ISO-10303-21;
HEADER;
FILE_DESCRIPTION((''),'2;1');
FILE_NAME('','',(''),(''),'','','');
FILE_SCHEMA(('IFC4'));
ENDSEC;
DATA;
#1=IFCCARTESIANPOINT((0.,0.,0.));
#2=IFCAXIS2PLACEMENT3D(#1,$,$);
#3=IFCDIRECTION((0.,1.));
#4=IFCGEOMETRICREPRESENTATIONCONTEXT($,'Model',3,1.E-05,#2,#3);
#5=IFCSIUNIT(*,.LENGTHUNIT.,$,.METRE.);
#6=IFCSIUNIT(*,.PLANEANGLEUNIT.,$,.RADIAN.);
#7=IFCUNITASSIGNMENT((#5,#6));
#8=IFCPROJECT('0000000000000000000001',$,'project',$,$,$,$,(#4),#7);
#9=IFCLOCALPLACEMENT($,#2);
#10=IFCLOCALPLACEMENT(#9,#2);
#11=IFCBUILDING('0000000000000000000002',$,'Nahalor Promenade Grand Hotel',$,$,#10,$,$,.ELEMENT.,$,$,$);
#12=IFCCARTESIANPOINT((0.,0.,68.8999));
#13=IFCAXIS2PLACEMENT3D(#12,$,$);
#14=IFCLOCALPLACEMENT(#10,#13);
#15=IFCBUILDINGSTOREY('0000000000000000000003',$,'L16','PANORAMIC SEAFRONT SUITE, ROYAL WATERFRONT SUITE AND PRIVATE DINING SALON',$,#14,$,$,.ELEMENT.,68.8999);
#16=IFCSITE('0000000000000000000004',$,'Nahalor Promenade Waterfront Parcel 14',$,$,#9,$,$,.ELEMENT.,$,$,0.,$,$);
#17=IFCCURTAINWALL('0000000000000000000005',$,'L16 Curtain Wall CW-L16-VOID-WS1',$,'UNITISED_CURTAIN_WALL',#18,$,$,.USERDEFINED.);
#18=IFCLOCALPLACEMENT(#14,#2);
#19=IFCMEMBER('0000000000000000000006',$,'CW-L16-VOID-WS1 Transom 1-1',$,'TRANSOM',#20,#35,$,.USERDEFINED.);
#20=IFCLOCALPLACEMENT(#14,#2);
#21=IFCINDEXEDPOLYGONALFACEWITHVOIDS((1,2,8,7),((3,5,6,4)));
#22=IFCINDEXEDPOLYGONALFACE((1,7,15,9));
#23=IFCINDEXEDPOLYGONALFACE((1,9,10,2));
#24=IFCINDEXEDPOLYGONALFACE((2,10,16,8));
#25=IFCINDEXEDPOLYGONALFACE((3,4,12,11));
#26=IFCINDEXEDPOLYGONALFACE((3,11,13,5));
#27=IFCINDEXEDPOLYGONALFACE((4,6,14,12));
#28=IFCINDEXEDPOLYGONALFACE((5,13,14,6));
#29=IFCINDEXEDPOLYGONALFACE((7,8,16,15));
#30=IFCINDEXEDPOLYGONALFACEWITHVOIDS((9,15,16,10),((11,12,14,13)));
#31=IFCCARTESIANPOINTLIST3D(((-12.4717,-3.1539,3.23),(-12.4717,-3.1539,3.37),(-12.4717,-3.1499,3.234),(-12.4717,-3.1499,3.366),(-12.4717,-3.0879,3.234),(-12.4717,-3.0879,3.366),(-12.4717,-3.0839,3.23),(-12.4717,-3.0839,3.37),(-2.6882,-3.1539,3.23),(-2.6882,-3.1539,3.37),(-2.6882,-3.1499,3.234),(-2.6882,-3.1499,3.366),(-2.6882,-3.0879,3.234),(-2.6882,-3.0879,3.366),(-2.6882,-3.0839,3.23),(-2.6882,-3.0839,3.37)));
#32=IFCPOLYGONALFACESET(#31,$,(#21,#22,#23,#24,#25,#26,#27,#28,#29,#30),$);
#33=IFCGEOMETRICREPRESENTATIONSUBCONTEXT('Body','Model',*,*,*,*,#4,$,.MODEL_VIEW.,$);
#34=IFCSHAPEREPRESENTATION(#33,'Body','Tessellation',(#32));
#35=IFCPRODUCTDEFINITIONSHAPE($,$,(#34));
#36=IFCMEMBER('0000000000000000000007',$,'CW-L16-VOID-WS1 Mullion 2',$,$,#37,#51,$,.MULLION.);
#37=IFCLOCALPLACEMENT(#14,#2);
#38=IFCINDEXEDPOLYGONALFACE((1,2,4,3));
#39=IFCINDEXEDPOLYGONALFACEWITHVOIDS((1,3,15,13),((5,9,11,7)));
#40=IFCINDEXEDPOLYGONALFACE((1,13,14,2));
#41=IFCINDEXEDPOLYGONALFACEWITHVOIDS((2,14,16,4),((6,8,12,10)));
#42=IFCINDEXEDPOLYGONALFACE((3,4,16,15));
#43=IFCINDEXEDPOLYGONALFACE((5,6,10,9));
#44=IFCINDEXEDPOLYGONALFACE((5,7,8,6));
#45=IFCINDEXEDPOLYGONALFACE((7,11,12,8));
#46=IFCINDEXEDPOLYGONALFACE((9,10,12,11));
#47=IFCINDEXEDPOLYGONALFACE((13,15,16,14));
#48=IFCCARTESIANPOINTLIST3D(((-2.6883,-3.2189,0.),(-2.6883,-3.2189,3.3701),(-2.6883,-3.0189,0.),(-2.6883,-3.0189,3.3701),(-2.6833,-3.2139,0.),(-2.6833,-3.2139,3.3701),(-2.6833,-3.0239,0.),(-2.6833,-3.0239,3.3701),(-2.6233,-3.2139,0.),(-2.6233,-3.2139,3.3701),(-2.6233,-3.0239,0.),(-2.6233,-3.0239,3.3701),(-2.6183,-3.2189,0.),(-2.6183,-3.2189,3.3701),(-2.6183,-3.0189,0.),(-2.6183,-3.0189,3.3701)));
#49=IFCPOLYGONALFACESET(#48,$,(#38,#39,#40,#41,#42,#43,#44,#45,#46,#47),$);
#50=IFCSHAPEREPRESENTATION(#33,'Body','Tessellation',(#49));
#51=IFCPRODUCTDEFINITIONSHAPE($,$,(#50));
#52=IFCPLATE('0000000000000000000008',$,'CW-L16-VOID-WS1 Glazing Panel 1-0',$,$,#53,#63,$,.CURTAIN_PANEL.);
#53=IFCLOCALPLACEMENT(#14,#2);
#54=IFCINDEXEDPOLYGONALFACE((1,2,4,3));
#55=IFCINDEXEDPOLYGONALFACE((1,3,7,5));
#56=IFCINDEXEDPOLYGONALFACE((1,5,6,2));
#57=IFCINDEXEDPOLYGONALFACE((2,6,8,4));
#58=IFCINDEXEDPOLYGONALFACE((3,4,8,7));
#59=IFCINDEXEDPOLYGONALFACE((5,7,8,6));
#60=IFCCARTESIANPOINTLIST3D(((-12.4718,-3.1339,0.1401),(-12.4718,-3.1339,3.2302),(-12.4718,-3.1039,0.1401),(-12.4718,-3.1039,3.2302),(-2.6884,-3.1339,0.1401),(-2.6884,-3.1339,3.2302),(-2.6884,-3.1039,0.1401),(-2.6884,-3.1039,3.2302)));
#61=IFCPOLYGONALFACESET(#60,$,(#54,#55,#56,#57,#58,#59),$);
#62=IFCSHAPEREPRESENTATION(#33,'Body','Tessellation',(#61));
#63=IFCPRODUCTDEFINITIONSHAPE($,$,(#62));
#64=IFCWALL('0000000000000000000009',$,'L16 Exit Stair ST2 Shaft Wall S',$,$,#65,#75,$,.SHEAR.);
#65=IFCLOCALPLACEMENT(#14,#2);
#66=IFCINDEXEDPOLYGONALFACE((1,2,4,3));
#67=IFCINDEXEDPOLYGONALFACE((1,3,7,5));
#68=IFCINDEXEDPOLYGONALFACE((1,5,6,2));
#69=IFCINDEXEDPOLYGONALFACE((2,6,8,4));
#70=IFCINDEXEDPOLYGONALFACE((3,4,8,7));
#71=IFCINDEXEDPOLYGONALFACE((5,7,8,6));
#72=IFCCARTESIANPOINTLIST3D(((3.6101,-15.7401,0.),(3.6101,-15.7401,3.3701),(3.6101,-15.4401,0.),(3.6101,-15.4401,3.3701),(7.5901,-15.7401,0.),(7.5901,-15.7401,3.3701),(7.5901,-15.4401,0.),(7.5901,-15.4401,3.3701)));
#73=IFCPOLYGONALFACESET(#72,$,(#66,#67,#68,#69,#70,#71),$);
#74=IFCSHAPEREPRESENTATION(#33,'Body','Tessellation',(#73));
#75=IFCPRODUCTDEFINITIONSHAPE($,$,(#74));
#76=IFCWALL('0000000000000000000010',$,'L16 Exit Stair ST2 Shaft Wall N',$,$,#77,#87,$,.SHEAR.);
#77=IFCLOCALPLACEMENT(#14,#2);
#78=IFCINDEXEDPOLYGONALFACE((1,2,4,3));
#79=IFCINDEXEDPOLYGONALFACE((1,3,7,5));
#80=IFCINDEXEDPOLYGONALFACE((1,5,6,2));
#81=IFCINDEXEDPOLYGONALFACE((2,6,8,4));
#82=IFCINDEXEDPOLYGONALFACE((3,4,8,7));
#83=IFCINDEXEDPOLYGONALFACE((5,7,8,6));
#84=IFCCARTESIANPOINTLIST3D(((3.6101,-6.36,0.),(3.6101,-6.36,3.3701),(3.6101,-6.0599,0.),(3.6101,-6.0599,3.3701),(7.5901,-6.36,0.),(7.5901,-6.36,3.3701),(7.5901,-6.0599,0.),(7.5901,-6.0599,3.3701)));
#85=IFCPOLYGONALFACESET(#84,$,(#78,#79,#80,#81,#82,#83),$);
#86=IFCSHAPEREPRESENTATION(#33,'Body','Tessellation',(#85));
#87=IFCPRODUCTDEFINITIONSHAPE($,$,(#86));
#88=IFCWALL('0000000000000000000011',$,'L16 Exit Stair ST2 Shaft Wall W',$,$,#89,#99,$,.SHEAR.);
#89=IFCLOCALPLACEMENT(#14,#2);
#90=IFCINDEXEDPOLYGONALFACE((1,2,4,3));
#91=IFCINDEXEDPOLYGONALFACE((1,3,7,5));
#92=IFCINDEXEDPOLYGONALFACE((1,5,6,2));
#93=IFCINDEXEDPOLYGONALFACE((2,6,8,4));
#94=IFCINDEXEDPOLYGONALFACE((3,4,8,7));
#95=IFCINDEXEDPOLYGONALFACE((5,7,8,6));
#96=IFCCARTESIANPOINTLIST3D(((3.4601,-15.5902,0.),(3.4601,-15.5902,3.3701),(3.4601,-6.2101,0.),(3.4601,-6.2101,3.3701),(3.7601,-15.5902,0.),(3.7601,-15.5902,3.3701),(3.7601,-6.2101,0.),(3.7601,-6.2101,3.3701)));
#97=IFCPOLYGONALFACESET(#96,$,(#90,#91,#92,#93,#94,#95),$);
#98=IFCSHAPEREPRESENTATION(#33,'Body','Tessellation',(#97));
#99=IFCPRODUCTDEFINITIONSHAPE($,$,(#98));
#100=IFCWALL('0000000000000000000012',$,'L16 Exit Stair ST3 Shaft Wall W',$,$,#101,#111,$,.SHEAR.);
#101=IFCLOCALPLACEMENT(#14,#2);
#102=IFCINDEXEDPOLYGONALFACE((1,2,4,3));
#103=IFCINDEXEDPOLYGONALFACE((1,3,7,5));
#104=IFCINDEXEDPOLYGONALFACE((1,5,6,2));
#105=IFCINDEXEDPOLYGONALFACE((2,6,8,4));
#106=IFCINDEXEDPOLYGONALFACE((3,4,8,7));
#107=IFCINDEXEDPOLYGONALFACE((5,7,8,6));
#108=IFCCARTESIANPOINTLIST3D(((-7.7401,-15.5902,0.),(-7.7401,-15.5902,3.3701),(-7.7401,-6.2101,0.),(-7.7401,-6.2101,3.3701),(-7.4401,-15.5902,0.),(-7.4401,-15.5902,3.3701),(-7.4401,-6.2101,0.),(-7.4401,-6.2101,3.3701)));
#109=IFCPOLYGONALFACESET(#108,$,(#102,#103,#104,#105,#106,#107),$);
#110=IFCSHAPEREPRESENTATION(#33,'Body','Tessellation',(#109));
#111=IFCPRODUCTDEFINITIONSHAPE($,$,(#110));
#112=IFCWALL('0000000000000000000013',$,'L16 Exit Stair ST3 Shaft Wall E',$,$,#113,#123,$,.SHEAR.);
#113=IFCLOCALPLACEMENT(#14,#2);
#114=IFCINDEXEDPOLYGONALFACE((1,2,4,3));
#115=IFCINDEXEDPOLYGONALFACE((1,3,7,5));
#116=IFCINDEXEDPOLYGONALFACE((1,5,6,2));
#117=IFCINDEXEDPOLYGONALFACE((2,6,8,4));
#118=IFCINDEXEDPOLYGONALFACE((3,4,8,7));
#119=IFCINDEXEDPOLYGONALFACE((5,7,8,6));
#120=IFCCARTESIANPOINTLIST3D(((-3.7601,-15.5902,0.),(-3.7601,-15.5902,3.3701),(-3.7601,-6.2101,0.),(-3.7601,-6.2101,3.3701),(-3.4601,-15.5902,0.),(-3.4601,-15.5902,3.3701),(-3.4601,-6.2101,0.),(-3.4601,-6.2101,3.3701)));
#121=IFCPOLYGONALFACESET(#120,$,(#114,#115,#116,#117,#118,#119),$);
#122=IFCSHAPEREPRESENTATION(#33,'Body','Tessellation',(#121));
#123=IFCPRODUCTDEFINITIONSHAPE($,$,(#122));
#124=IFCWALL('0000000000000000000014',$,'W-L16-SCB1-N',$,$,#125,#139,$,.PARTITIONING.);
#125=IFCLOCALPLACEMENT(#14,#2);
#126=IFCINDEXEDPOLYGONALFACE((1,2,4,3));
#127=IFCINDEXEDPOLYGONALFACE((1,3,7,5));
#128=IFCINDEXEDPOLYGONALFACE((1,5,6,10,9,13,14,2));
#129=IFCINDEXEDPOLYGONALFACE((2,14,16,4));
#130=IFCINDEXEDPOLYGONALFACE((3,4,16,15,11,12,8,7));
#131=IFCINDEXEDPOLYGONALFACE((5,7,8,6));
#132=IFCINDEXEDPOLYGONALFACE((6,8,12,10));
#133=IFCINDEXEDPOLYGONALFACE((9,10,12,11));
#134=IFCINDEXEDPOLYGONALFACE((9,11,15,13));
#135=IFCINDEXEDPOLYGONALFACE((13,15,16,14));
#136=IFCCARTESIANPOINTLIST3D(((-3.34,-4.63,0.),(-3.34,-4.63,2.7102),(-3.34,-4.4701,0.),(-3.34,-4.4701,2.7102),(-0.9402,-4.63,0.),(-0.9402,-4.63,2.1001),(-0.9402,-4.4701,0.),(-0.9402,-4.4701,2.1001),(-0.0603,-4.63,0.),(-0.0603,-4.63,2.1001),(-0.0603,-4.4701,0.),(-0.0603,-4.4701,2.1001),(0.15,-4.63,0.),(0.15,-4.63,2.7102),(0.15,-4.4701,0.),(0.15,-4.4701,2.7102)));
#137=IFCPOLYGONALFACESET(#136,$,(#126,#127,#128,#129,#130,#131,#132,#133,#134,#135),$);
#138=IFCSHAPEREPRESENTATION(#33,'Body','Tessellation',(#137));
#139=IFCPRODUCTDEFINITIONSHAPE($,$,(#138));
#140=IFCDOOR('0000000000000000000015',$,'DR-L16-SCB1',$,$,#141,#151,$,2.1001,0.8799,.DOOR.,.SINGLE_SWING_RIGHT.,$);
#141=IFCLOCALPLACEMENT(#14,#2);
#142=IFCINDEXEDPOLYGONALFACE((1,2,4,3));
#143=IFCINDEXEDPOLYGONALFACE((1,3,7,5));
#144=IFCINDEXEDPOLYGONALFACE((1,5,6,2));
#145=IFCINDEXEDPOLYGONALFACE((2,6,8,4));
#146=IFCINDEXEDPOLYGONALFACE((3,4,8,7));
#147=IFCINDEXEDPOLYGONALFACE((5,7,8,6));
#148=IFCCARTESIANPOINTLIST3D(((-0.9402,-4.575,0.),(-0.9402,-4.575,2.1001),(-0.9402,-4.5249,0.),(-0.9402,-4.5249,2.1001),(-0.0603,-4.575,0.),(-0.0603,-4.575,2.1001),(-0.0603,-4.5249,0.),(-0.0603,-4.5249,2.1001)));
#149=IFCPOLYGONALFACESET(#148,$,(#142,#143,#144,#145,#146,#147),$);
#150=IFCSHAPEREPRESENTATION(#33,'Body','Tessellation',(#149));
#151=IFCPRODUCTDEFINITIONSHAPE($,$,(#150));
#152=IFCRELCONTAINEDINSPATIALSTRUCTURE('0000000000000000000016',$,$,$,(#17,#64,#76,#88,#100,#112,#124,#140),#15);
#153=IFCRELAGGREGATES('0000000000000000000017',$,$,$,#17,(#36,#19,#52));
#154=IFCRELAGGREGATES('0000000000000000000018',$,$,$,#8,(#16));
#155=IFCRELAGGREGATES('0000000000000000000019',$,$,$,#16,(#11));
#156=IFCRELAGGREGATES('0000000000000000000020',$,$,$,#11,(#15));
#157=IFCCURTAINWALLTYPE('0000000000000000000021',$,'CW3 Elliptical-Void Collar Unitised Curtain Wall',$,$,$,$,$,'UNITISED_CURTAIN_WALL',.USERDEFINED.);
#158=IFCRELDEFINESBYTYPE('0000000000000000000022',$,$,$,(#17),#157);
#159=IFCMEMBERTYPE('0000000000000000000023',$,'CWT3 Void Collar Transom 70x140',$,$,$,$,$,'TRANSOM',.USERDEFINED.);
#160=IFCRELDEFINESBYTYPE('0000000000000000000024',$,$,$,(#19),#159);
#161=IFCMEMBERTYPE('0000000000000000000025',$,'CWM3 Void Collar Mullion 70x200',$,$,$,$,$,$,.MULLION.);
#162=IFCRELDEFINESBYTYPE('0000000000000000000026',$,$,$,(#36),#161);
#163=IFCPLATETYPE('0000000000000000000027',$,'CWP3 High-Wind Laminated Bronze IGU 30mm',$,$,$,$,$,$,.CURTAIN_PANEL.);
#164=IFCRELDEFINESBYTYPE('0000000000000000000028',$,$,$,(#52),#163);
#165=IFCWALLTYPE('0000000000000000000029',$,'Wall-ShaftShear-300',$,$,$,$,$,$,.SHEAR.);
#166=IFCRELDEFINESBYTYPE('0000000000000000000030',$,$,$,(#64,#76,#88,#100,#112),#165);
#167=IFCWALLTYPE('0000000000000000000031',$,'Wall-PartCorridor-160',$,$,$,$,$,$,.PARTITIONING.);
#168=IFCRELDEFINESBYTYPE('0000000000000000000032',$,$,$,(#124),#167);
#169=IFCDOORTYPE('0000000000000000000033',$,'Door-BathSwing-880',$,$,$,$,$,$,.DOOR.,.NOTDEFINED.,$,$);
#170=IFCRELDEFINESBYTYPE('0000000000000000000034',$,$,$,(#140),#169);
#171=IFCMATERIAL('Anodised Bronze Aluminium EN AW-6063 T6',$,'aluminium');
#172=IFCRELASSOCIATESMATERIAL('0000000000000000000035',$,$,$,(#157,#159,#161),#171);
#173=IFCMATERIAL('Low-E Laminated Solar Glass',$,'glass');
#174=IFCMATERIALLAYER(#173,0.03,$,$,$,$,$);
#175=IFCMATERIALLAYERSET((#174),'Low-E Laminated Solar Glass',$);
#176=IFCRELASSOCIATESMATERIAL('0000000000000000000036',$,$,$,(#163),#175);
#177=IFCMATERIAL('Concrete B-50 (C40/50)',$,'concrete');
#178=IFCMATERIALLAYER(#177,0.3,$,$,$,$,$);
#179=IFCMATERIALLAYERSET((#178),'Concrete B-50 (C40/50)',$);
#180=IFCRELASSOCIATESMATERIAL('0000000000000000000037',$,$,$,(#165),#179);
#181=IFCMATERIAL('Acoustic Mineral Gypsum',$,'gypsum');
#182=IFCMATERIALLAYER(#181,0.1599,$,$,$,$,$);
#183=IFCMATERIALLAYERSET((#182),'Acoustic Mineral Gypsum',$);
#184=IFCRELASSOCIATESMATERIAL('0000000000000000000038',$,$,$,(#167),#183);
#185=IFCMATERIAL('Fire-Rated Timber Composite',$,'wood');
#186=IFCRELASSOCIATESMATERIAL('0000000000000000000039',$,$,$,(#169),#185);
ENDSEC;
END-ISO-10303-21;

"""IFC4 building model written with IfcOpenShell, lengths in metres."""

from ifc_helpers import new_model, si_unit, direction, frame, frame_2d, origin, origin_2d, place, context, subcontext, project, spatial, rectangle, hollow_rectangle, extrude, source, transform, mapped, material, layer, layer_set, material_profile, profile_set, type_object, element, fill, aggregate, save


model = new_model("IFC4")

# Units and contexts
model_context = context("Model", 3, precision=1e-05, world=origin(), true_north=direction((0.0, 1.0)))
body_context = subcontext(model_context, "Body", "Model", "MODEL_VIEW")
ifc_project = project(units=[si_unit("LENGTHUNIT", "METRE"), si_unit("PLANEANGLEUNIT", "RADIAN")], contexts=[model_context])

# Site, building, storey
site_placement = place(None, origin())
site = spatial("IfcSite", under=ifc_project, at=site_placement, Name="Nahalor Promenade Waterfront Parcel 14", CompositionType="ELEMENT", RefElevation=0.0)
building_placement = place(site_placement, origin())
building = spatial("IfcBuilding", under=site, at=building_placement, Name="Nahalor Promenade Grand Hotel", CompositionType="ELEMENT")
storey_placement = place(building_placement, frame((0.0, 0.0, 68.8999)))
storey = spatial("IfcBuildingStorey", under=building, at=storey_placement, Name="L16", Description="PANORAMIC SEAFRONT SUITE, ROYAL WATERFRONT SUITE AND PRIVATE DINING SALON", CompositionType="ELEMENT", Elevation=68.8999)

# Curtain wall, members, plate
ifc_material_1 = material(Name="Anodised Bronze Aluminium EN AW-6063 T6", Category="aluminium")
curtain_wall_type = type_object("IfcCurtainWallType", Name="CW3 Elliptical-Void Collar Unitised Curtain Wall", ElementType="UNITISED_CURTAIN_WALL", PredefinedType="USERDEFINED", material=ifc_material_1)
curtain_wall_placement = place(storey_placement, origin())
curtain_wall = element("IfcCurtainWall", 1, at=curtain_wall_placement, inside=storey, type_object=curtain_wall_type, Name="L16 Curtain Wall CW-L16-VOID-WS1", ObjectType="UNITISED_CURTAIN_WALL", PredefinedType="USERDEFINED")
ifc_material_profile_1 = material_profile(ifc_material_1, hollow_rectangle(XDim=0.07, YDim=0.14, WallThickness=0.004, at=origin_2d()), Name="CWT 70x140x4")
ifc_profile_set_1 = profile_set([ifc_material_profile_1], Name="Anodised Bronze Aluminium EN AW-6063 T6")
member_type_1 = type_object("IfcMemberType", Name="CWT3 Void Collar Transom 70x140", ElementType="TRANSOM", PredefinedType="USERDEFINED", material=ifc_profile_set_1)
shared_shape_1 = source(origin(), body_context, "Body", "SweptSolid", [
    extrude(hollow_rectangle(XDim=0.07, YDim=0.14, WallThickness=0.004, at=origin_2d()), origin(), (0.0, 0.0, 1.0), 9.7834),
])
member_1_placement = place(storey_placement, frame((-12.4717, -3.1189, 3.3), z_axis=(1.0, 0.0, 0.0), x_axis=(0.0, 1.0, 0.0)))
member_1 = element("IfcMember", 2, at=member_1_placement, type_object=member_type_1, Name="CW-L16-VOID-WS1 Transom 1-1", ObjectType="TRANSOM", PredefinedType="USERDEFINED", context=body_context, shape_type="MappedRepresentation", body=[
    mapped(shared_shape_1, transform((0.0, 0.0, 0.0), scale=1.0)),
])
ifc_material_profile_2 = material_profile(ifc_material_1, hollow_rectangle(XDim=0.07, YDim=0.2, WallThickness=0.005, at=origin_2d()), Name="CWM 70x200x5")
ifc_profile_set_2 = profile_set([ifc_material_profile_2], Name="Anodised Bronze Aluminium EN AW-6063 T6")
member_type_2 = type_object("IfcMemberType", Name="CWM3 Void Collar Mullion 70x200", PredefinedType="MULLION", material=ifc_profile_set_2)
shared_shape_2 = source(origin(), body_context, "Body", "SweptSolid", [
    extrude(hollow_rectangle(XDim=0.07, YDim=0.2, WallThickness=0.005, at=origin_2d()), origin(), (0.0, 0.0, 1.0), 3.3701),
])
member_2_placement = place(storey_placement, frame((-2.6533, -3.1189, 0.0), z_axis=(0.0, 0.0, 1.0), x_axis=(1.0, 0.0, 0.0)))
member_2 = element("IfcMember", 3, at=member_2_placement, type_object=member_type_2, Name="CW-L16-VOID-WS1 Mullion 2", PredefinedType="MULLION", context=body_context, shape_type="MappedRepresentation", body=[
    mapped(shared_shape_2, transform((0.0, 0.0, 0.0), scale=1.0)),
])
ifc_material_2 = material(Name="Low-E Laminated Solar Glass", Category="glass")
ifc_layer_1 = layer(ifc_material_2, 0.03)
ifc_layer_set_1 = layer_set([ifc_layer_1], Name="Low-E Laminated Solar Glass")
plate_type = type_object("IfcPlateType", Name="CWP3 High-Wind Laminated Bronze IGU 30mm", PredefinedType="CURTAIN_PANEL", material=ifc_layer_set_1)
shared_shape_3 = source(origin(), body_context, "Body", "SweptSolid", [
    extrude(rectangle(XDim=9.7834, YDim=0.03, at=origin_2d()), origin(), (0.0, 0.0, 1.0), 3.0901),
])
plate_placement = place(storey_placement, frame((-7.5801, -3.1189, 0.1401), z_axis=(0.0, 0.0, 1.0), x_axis=(1.0, 0.0, 0.0)))
plate = element("IfcPlate", 4, at=plate_placement, type_object=plate_type, Name="CW-L16-VOID-WS1 Glazing Panel 1-0", PredefinedType="CURTAIN_PANEL", context=body_context, shape_type="MappedRepresentation", body=[
    mapped(shared_shape_3, transform((0.0, 0.0, 0.0), scale=1.0)),
])
aggregate(curtain_wall, [member_2, member_1, plate])

# Walls
ifc_material_3 = material(Name="Concrete B-50 (C40/50)", Category="concrete")
ifc_layer_2 = layer(ifc_material_3, 0.3)
ifc_layer_set_2 = layer_set([ifc_layer_2], Name="Concrete B-50 (C40/50)")
wall_type_1 = type_object("IfcWallType", Name="Wall-ShaftShear-300", PredefinedType="SHEAR", material=ifc_layer_set_2)
shared_shape_4 = source(origin(), body_context, "Body", "SweptSolid", [
    extrude(rectangle(XDim=3.98, YDim=0.3, at=frame_2d((1.99, 0.0))), origin(), (0.0, 0.0, 1.0), 3.3701),
])
for number, where, z_axis, x_axis, name in (
    (5, (3.6101, -15.5901, 0.0), (0.0, 0.0, 1.0), (1.0, 0.0, 0.0), "L16 Exit Stair ST2 Shaft Wall S"),
    (6, (3.6101, -6.21, 0.0), (0.0, 0.0, 1.0), (1.0, 0.0, 0.0), "L16 Exit Stair ST2 Shaft Wall N"),
):
    element("IfcWall", number, at=place(storey_placement, frame(where, z_axis=z_axis, x_axis=x_axis)), inside=storey, type_object=wall_type_1, Name=name, PredefinedType="SHEAR", context=body_context, shape_type="MappedRepresentation", body=[
        mapped(shared_shape_4, transform((0.0, 0.0, 0.0), scale=1.0)),
    ])

# Walls
shared_shape_5 = source(origin(), body_context, "Body", "SweptSolid", [
    extrude(rectangle(XDim=9.3801, YDim=0.3, at=frame_2d((4.6899, 0.0))), origin(), (0.0, 0.0, 1.0), 3.3701),
])
for number, where, z_axis, x_axis, name in (
    (7, (3.6101, -15.5901, 0.0), (0.0, 0.0, 1.0), (0.0, 1.0, 0.0), "L16 Exit Stair ST2 Shaft Wall W"),
    (8, (-7.5901, -15.5901, 0.0), (0.0, 0.0, 1.0), (0.0, 1.0, 0.0), "L16 Exit Stair ST3 Shaft Wall W"),
    (9, (-3.6101, -15.5901, 0.0), (0.0, 0.0, 1.0), (0.0, 1.0, 0.0), "L16 Exit Stair ST3 Shaft Wall E"),
):
    element("IfcWall", number, at=place(storey_placement, frame(where, z_axis=z_axis, x_axis=x_axis)), inside=storey, type_object=wall_type_1, Name=name, PredefinedType="SHEAR", context=body_context, shape_type="MappedRepresentation", body=[
        mapped(shared_shape_5, transform((0.0, 0.0, 0.0), scale=1.0)),
    ])

# Wall, opening, door
ifc_material_4 = material(Name="Acoustic Mineral Gypsum", Category="gypsum")
ifc_layer_3 = layer(ifc_material_4, 0.1599)
ifc_layer_set_3 = layer_set([ifc_layer_3], Name="Acoustic Mineral Gypsum")
wall_type_2 = type_object("IfcWallType", Name="Wall-PartCorridor-160", PredefinedType="PARTITIONING", material=ifc_layer_set_3)
shared_shape_6 = source(origin(), body_context, "Body", "SweptSolid", [
    extrude(rectangle(XDim=3.49, YDim=0.1599, at=frame_2d((1.7451, 0.0))), origin(), (0.0, 0.0, 1.0), 2.7102),
])
wall_1_placement = place(storey_placement, frame((-3.3401, -4.55, 0.0), z_axis=(0.0, 0.0, 1.0), x_axis=(1.0, 0.0, 0.0)))
wall_1 = element("IfcWall", 10, at=wall_1_placement, inside=storey, type_object=wall_type_2, Name="W-L16-SCB1-N", PredefinedType="PARTITIONING", context=body_context, shape_type="MappedRepresentation", body=[
    mapped(shared_shape_6, transform((0.0, 0.0, 0.0), scale=1.0)),
])
opening_1_placement = place(wall_1_placement, frame((2.3999, 0.0, 0.0)))
opening_1 = element("IfcOpeningElement", 11, at=opening_1_placement, cuts=wall_1, PredefinedType="OPENING", context=body_context, shape_type="SweptSolid", body=[
    extrude(rectangle(XDim=0.8799, YDim=2.1001, at=frame_2d((0.4399, 1.05))), frame((0.0, 0.0898, 0.0), z_axis=(0.0, -1.0, 0.0), x_axis=(1.0, 0.0, 0.0)), (0.0, 0.0, 1.0), 0.1799),
])
ifc_material_5 = material(Name="Fire-Rated Timber Composite", Category="wood")
door_type_1 = type_object("IfcDoorType", Name="Door-BathSwing-880", OperationType="NOTDEFINED", PredefinedType="DOOR", material=ifc_material_5)
shared_shape_7 = source(origin(), body_context, "Body", "SweptSolid", [
    extrude(rectangle(XDim=0.8799, YDim=2.1001, at=frame_2d((0.4399, 1.05))), frame((0.0, 0.0249, 0.0), z_axis=(0.0, -1.0, 0.0), x_axis=(1.0, 0.0, 0.0)), (0.0, 0.0, 1.0), 0.05),
])
door_1_placement = place(opening_1_placement, frame((0.8799, 0.0, 0.0), z_axis=(0.0, 0.0, 1.0), x_axis=(-1.0, 0.0, 0.0)))
door_1 = element("IfcDoor", 12, at=door_1_placement, inside=storey, type_object=door_type_1, Name="DR-L16-SCB1", OperationType="SINGLE_SWING_RIGHT", OverallHeight=2.1001, OverallWidth=0.8799, PredefinedType="DOOR", context=body_context, shape_type="MappedRepresentation", body=[
    mapped(shared_shape_7, transform((0.0, 0.0, 0.0), scale=1.0)),
])
fill(opening_1, door_1)

save(model, "model.ifc")
